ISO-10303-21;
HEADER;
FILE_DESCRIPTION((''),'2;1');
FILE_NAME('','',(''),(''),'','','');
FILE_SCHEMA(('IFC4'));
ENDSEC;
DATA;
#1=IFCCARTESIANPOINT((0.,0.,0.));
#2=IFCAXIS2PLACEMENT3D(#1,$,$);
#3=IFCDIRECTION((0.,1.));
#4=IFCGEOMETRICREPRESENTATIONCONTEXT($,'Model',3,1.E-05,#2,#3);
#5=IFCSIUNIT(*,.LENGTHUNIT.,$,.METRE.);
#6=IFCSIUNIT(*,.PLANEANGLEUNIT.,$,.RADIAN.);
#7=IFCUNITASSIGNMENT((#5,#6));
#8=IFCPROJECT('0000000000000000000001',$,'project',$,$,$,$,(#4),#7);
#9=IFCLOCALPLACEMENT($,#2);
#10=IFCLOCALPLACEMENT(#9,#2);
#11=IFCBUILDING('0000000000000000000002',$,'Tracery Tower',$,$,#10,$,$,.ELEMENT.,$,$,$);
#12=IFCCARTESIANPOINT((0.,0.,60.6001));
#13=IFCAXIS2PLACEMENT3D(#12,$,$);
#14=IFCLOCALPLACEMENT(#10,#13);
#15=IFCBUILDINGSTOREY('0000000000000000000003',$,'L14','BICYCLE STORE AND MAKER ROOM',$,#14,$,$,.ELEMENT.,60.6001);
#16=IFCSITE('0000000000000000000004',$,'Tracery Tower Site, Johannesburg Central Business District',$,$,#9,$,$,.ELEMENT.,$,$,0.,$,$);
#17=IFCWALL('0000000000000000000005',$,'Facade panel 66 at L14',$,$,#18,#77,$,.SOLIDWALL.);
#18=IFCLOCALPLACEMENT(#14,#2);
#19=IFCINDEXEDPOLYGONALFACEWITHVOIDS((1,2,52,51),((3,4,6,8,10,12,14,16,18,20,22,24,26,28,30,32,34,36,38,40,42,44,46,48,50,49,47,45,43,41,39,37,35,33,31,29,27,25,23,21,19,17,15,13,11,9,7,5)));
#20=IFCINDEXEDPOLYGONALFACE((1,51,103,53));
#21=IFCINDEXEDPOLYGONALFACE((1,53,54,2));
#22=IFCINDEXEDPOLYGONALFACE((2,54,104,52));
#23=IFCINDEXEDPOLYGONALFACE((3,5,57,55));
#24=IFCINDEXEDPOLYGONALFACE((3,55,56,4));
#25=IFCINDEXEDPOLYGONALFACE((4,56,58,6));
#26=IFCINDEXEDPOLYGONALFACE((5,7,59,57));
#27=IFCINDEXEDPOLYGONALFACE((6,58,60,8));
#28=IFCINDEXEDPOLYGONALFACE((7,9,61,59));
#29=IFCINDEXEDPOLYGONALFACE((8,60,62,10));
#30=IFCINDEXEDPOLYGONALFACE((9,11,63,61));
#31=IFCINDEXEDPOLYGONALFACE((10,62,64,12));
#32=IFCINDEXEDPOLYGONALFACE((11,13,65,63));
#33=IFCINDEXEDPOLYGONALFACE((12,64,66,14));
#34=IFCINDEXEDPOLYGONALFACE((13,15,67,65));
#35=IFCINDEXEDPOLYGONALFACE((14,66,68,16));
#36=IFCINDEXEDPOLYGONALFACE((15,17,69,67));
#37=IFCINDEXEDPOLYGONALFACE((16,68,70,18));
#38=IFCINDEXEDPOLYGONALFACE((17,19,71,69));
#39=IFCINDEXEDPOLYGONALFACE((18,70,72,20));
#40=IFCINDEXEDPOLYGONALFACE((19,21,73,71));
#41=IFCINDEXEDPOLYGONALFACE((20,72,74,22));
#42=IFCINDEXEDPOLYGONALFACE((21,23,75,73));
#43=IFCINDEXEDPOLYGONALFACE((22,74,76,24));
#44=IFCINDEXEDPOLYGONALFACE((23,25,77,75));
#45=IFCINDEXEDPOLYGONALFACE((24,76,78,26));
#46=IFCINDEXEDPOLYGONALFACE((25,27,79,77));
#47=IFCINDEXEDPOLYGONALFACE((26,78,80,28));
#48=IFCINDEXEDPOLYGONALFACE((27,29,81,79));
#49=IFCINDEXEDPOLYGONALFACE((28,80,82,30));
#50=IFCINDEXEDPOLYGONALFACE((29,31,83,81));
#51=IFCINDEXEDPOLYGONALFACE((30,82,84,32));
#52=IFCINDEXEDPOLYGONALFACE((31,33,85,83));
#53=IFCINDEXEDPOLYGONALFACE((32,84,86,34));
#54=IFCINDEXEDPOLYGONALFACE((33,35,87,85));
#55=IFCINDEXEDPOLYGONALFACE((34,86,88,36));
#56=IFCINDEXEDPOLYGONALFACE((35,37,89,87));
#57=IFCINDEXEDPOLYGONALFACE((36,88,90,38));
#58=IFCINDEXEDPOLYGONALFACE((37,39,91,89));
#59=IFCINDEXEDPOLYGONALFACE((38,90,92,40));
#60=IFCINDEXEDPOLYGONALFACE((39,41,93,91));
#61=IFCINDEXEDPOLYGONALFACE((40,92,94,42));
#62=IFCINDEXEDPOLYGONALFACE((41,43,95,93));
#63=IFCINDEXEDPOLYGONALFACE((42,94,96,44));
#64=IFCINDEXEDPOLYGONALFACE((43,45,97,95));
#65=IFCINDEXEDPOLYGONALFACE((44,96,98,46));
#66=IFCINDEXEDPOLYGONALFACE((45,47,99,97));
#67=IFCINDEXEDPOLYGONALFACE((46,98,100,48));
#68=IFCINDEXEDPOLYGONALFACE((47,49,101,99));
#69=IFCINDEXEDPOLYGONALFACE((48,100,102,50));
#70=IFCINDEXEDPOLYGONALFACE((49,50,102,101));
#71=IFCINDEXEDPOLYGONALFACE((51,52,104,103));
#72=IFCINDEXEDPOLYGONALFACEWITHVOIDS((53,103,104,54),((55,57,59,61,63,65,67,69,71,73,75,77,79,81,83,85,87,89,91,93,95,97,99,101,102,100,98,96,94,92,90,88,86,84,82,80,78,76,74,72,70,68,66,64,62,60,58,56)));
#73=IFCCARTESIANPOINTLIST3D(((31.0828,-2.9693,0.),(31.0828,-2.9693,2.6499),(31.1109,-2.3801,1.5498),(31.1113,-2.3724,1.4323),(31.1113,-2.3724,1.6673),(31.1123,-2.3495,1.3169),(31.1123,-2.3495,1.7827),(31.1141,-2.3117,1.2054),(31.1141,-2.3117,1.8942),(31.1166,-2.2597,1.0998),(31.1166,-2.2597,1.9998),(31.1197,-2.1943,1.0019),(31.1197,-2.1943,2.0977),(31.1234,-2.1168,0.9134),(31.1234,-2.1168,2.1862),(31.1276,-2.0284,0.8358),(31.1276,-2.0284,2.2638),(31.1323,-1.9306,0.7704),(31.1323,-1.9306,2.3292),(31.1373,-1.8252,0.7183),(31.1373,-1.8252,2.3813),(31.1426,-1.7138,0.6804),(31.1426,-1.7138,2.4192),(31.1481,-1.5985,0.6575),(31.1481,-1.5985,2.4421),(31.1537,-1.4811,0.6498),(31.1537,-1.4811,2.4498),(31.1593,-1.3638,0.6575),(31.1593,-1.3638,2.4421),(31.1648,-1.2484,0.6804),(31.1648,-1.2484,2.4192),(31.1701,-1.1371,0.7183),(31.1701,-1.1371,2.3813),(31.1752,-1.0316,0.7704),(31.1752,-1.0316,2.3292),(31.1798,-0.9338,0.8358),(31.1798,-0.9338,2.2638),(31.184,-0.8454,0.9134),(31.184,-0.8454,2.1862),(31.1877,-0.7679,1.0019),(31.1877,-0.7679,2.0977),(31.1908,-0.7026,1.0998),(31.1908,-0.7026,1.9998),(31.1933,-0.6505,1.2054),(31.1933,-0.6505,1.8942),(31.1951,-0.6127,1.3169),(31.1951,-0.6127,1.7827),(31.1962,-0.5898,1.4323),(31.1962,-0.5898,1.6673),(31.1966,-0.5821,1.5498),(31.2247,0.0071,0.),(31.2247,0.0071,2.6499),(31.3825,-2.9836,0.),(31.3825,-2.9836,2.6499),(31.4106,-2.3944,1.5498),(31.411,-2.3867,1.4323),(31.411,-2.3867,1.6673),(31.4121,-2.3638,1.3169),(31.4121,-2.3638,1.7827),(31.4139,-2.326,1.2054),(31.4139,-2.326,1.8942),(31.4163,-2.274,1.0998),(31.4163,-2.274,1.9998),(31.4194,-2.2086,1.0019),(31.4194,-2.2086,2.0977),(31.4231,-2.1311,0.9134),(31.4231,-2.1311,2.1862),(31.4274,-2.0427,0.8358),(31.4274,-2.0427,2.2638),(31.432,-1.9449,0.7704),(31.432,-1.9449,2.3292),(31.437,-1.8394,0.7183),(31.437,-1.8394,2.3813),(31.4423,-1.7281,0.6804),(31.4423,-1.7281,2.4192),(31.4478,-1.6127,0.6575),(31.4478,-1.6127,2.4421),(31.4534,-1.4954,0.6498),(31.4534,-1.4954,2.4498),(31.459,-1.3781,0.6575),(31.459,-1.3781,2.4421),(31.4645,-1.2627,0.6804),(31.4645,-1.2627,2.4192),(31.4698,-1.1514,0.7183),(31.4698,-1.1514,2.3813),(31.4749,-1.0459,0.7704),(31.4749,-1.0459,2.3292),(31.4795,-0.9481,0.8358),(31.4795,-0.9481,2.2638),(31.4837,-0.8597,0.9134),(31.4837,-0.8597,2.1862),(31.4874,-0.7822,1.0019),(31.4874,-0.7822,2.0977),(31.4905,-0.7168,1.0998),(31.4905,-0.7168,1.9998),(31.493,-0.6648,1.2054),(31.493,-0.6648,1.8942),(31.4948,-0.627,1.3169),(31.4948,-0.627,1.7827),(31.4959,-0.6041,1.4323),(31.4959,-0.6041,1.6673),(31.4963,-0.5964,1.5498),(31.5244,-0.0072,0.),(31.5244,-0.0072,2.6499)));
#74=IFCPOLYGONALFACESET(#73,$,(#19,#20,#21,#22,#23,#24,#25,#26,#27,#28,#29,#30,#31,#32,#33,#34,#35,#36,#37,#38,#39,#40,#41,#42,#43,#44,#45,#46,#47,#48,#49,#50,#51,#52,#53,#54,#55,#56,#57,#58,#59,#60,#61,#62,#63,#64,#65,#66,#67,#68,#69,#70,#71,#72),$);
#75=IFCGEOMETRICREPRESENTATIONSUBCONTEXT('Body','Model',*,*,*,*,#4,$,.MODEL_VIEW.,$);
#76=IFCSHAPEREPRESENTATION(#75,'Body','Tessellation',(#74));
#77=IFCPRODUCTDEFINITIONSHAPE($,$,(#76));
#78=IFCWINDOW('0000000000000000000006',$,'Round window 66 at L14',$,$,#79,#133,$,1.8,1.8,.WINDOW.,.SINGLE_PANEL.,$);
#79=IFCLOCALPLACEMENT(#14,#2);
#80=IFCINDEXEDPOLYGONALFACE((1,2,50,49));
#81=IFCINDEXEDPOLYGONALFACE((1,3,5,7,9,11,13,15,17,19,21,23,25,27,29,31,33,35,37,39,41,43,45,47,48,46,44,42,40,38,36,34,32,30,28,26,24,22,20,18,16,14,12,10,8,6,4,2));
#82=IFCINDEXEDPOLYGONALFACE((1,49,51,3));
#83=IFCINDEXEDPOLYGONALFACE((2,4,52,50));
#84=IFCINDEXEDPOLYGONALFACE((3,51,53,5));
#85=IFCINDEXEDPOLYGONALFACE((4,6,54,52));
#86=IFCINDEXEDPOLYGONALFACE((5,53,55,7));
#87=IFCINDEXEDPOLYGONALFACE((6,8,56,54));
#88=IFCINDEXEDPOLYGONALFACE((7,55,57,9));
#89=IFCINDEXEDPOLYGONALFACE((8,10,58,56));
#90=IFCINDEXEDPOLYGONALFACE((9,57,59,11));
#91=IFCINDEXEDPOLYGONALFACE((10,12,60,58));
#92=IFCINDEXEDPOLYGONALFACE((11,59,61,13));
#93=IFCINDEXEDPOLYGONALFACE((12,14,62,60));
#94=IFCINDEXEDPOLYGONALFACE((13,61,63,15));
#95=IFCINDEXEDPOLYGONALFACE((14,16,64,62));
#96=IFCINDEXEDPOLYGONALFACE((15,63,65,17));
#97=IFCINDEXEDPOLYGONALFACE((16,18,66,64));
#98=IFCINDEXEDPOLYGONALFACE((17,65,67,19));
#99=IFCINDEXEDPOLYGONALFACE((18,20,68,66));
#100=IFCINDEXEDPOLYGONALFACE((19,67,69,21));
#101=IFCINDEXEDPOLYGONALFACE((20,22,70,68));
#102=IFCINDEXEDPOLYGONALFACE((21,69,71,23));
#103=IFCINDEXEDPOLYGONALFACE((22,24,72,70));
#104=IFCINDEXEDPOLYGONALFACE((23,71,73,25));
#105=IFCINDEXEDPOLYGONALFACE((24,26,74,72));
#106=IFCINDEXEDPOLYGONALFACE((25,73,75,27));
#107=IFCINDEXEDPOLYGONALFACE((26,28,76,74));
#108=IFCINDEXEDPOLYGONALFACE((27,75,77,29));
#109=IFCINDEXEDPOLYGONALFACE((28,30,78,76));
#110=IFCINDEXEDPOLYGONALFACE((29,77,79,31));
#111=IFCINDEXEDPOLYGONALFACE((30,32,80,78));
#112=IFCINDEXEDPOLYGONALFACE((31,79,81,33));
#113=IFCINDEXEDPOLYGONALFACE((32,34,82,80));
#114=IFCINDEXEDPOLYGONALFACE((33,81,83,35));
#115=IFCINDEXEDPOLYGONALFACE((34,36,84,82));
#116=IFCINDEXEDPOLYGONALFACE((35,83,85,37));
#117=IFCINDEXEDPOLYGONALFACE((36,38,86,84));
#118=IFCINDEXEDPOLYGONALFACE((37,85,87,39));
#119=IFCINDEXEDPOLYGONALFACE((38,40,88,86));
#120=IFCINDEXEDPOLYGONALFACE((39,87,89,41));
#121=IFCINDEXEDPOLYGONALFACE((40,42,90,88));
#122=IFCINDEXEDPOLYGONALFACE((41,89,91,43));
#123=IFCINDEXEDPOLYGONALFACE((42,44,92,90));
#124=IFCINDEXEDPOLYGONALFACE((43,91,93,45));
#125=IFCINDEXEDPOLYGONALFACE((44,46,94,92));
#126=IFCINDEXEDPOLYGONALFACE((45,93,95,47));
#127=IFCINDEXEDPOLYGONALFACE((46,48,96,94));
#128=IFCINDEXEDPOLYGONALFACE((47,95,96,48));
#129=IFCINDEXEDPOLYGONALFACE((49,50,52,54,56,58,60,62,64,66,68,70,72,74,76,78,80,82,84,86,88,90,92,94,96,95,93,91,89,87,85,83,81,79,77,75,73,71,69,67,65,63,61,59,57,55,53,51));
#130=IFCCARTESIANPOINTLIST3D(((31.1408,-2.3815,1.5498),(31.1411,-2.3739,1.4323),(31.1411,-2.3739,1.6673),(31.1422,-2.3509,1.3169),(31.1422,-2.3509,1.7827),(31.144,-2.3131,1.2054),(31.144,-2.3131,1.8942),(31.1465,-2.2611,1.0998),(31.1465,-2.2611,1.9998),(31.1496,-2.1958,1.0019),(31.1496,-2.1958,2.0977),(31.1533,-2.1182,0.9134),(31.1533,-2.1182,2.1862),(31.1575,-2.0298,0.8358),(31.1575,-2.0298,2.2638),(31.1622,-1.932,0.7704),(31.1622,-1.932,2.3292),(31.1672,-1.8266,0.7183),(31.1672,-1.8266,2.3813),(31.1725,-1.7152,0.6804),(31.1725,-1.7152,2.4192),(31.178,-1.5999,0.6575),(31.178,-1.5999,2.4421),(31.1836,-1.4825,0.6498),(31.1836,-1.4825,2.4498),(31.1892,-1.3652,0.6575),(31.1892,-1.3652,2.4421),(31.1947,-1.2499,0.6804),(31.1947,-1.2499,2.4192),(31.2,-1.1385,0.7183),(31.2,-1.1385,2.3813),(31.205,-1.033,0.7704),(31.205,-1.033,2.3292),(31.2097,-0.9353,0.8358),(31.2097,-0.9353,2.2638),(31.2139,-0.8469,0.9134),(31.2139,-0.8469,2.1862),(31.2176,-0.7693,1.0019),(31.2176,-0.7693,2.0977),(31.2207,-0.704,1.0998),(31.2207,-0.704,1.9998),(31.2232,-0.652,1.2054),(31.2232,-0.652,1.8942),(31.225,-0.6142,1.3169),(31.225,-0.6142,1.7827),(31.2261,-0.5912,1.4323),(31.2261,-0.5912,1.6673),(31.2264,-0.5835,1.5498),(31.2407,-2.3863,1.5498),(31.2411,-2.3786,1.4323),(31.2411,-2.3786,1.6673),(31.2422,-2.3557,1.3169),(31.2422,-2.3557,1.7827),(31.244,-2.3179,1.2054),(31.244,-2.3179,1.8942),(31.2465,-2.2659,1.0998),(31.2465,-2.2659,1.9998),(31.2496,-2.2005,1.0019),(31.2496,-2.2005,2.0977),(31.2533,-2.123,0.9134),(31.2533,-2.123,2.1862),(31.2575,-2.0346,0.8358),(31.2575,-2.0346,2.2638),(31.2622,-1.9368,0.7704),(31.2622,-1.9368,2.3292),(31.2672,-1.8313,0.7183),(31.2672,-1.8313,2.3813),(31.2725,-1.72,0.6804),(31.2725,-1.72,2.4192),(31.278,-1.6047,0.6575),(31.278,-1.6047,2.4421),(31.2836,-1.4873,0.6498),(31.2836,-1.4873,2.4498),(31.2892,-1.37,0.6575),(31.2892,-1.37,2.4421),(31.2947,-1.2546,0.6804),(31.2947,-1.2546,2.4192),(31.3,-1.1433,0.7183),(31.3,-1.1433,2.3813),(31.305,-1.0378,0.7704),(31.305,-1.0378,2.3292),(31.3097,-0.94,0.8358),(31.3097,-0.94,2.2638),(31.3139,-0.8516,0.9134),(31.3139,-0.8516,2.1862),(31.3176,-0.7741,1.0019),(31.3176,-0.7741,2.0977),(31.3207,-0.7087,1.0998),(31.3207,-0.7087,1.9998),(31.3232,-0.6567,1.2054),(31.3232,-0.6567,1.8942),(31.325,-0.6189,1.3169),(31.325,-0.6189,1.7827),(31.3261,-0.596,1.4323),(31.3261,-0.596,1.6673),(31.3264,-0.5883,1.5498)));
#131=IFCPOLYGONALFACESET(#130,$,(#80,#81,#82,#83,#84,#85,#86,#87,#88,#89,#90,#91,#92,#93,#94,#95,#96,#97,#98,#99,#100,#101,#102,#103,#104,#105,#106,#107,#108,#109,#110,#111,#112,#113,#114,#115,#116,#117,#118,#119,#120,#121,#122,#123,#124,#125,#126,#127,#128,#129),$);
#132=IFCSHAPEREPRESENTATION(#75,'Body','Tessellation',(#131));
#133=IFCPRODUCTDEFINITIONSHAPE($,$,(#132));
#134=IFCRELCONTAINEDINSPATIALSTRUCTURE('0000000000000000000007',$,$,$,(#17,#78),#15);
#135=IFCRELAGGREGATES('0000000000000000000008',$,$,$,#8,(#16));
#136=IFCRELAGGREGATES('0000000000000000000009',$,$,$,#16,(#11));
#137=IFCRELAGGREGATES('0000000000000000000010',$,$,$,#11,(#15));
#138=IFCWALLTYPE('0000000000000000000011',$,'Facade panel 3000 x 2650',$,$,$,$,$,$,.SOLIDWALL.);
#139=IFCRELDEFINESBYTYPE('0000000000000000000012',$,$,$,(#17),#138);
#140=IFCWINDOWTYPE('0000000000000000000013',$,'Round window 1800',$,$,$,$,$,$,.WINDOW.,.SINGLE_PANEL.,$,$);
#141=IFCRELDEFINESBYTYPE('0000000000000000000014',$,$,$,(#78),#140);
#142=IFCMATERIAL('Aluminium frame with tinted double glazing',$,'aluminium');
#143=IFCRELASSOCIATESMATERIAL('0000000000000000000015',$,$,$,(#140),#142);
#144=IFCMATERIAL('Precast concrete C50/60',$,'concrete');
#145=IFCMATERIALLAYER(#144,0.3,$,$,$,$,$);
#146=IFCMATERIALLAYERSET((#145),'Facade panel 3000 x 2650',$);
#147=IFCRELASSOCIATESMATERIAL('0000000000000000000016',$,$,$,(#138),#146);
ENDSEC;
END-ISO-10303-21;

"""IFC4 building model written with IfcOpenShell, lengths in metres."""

from ifc_helpers import new_model, si_unit, direction, frame, frame_2d, origin, origin_2d, place, context, subcontext, project, spatial, rectangle, circle, extrude, material, layer, layer_set, type_object, element, fill, save


model = new_model("IFC4")

# Units and contexts
model_context = context("Model", 3, precision=1e-05, world=origin(), true_north=direction((0.0, 1.0)))
body_context = subcontext(model_context, "Body", "Model", "MODEL_VIEW")
ifc_project = project(units=[si_unit("LENGTHUNIT", "METRE"), si_unit("PLANEANGLEUNIT", "RADIAN")], contexts=[model_context])

# Site, building, storey
site_placement = place(None, origin())
site = spatial("IfcSite", under=ifc_project, at=site_placement, Name="Tracery Tower Site, Johannesburg Central Business District", CompositionType="ELEMENT", RefElevation=0.0)
building_placement = place(site_placement, origin())
building = spatial("IfcBuilding", under=site, at=building_placement, Name="Tracery Tower", CompositionType="ELEMENT")
storey_placement = place(building_placement, frame((0.0, 0.0, 60.6001)))
storey = spatial("IfcBuildingStorey", under=building, at=storey_placement, Name="L14", Description="BICYCLE STORE AND MAKER ROOM", CompositionType="ELEMENT", Elevation=60.6001)

# Wall, opening, window
ifc_material_1 = material(Name="Aluminium frame with tinted double glazing", Category="aluminium")
window_type = type_object("IfcWindowType", Name="Round window 1800", PartitioningType="SINGLE_PANEL", PredefinedType="WINDOW", material=ifc_material_1)
ifc_material_2 = material(Name="Precast concrete C50/60", Category="concrete")
ifc_layer_1 = layer(ifc_material_2, 0.3)
ifc_layer_set_1 = layer_set([ifc_layer_1], Name="Facade panel 3000 x 2650")
wall_type_1 = type_object("IfcWallType", Name="Facade panel 3000 x 2650", PredefinedType="SOLIDWALL", material=ifc_layer_set_1)
wall_1_placement = place(storey_placement, frame((31.2327, -2.9763, 0.0), z_axis=(0.0, 0.0, 1.0), x_axis=(0.047604, 0.998866, 0.0)))
wall_1 = element("IfcWall", 1, at=wall_1_placement, inside=storey, type_object=wall_type_1, Name="Facade panel 66 at L14", PredefinedType="SOLIDWALL", context=body_context, shape_type="SweptSolid", body=[
    extrude(rectangle(XDim=2.9797, YDim=0.3, at=frame_2d((1.4897, 0.0))), origin(), (0.0, 0.0, 1.0), 2.6499),
])
opening_1_placement = place(wall_1_placement, frame((1.4897, 0.0, 1.5498)))
opening_1 = element("IfcOpeningElement", 2, at=opening_1_placement, cuts=wall_1, PredefinedType="OPENING", context=body_context, shape_type="SweptSolid", body=[
    extrude(circle(Radius=0.9, at=origin_2d()), frame((0.0, 0.1599, 0.0), z_axis=(0.0, -1.0, 0.0), x_axis=(1.0, 0.0, 0.0)), (0.0, 0.0, 1.0), 0.3201),
])
window_1_placement = place(opening_1_placement, origin())
window_1 = element("IfcWindow", 3, at=window_1_placement, inside=storey, type_object=window_type, Name="Round window 66 at L14", OverallHeight=1.8, OverallWidth=1.8, PartitioningType="SINGLE_PANEL", PredefinedType="WINDOW", context=body_context, shape_type="SweptSolid", body=[
    extrude(circle(Radius=0.9, at=origin_2d()), frame((0.0, 0.1201, 0.0), z_axis=(0.0, -1.0, 0.0), x_axis=(1.0, 0.0, 0.0)), (0.0, 0.0, 1.0), 0.1001),
])
fill(opening_1, window_1)

save(model, "model.ifc")
